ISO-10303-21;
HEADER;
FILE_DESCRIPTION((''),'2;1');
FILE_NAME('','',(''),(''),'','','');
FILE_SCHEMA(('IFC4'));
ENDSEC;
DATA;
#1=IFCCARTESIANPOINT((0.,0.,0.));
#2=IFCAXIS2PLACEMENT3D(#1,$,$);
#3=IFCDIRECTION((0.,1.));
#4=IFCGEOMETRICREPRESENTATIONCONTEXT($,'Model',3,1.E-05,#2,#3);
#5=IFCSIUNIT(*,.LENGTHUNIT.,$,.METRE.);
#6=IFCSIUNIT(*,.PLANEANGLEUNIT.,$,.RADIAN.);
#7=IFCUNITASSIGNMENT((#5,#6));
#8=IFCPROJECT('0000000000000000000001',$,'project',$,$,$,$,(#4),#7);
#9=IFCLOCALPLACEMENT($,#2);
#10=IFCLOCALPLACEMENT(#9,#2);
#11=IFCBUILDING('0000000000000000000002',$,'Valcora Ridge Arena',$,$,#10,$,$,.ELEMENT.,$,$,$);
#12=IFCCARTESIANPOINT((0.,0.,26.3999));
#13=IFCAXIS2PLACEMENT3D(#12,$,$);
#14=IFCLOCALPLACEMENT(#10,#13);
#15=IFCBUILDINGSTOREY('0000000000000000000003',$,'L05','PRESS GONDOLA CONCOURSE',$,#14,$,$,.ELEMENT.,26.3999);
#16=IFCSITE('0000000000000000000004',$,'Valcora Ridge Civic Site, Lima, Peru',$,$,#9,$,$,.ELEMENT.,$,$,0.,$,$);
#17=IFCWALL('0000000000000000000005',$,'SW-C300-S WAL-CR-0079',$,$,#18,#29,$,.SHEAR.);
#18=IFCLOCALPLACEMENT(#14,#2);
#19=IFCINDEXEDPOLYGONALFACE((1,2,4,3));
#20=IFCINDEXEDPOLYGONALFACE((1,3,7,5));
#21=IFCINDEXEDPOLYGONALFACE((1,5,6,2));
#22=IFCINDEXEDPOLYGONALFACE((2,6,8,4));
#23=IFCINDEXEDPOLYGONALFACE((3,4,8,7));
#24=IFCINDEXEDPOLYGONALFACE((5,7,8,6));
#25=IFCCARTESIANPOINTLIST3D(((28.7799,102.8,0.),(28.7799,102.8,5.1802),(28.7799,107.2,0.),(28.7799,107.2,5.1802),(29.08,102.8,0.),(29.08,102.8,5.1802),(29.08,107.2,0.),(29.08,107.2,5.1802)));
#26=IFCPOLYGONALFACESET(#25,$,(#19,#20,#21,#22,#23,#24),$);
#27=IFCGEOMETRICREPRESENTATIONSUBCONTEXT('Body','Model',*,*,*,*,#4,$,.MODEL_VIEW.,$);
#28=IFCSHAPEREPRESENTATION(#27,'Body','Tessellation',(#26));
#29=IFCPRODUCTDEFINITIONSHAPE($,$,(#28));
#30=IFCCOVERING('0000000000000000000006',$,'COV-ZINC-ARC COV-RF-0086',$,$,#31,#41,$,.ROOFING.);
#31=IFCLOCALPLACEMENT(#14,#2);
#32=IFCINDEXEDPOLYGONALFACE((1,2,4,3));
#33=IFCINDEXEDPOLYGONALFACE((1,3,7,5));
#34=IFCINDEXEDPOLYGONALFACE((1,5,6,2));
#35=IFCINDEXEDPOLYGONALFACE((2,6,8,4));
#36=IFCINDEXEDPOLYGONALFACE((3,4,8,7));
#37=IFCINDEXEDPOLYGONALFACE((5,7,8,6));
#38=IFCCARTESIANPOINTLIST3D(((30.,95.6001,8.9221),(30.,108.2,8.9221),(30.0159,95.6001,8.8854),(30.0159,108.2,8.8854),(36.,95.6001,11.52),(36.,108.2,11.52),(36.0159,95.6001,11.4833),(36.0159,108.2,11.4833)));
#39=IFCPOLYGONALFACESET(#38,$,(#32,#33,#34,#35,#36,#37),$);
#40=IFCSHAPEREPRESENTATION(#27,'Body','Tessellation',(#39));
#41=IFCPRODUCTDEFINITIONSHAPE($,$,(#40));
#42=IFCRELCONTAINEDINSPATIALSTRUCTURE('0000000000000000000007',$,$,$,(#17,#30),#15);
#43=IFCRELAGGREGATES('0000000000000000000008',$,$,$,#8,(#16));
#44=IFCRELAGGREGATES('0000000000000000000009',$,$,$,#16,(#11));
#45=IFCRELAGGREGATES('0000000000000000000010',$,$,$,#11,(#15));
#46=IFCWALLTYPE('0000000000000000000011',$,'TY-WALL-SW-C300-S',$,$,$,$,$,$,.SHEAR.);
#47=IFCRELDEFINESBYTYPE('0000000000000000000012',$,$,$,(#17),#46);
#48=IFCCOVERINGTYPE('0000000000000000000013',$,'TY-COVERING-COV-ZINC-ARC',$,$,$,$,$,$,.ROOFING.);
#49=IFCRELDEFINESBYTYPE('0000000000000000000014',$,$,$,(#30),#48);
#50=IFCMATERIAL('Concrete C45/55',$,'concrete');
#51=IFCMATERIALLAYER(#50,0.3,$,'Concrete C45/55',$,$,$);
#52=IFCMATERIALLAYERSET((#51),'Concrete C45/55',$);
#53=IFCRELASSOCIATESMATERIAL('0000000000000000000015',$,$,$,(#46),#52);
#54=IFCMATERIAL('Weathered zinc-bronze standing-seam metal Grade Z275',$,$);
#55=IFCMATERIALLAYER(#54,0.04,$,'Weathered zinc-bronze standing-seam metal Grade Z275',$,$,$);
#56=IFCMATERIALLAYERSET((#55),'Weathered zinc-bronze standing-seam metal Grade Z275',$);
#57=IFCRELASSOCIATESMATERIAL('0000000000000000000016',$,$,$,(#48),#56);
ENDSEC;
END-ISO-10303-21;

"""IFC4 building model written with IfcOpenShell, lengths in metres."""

from ifc_helpers import new_model, si_unit, direction, frame, frame_2d, origin, place, context, subcontext, project, spatial, polyline, rectangle, outline, extrude, material, layer, layer_set, type_object, element, save


model = new_model("IFC4")

# Units and contexts
model_context = context("Model", 3, precision=1e-05, world=origin(), true_north=direction((0.0, 1.0)))
body_context = subcontext(model_context, "Body", "Model", "MODEL_VIEW")
ifc_project = project(units=[si_unit("LENGTHUNIT", "METRE"), si_unit("PLANEANGLEUNIT", "RADIAN")], contexts=[model_context])

# Site, building, storey
site_placement = place(None, origin())
site = spatial("IfcSite", under=ifc_project, at=site_placement, Name="Valcora Ridge Civic Site, Lima, Peru", CompositionType="ELEMENT", RefElevation=0.0)
building_placement = place(site_placement, origin())
building = spatial("IfcBuilding", under=site, at=building_placement, Name="Valcora Ridge Arena", CompositionType="ELEMENT")
storey_placement = place(building_placement, frame((0.0, 0.0, 26.3999)))
storey = spatial("IfcBuildingStorey", under=building, at=storey_placement, Name="L05", Description="PRESS GONDOLA CONCOURSE", CompositionType="ELEMENT", Elevation=26.3999)

# Wall
ifc_material_1 = material(Name="Concrete C45/55", Category="concrete")
ifc_layer_1 = layer(ifc_material_1, 0.3, Name="Concrete C45/55")
ifc_layer_set_1 = layer_set([ifc_layer_1], Name="Concrete C45/55")
wall_type_1 = type_object("IfcWallType", Name="TY-WALL-SW-C300-S", PredefinedType="SHEAR", material=ifc_layer_set_1)
wall_1_placement = place(storey_placement, frame((28.9299, 102.8, 0.0), z_axis=(0.0, 0.0, 1.0), x_axis=(0.0, 1.0, 0.0)))
element("IfcWall", 1, at=wall_1_placement, inside=storey, type_object=wall_type_1, Name="SW-C300-S WAL-CR-0079", PredefinedType="SHEAR", context=body_context, shape_type="SweptSolid", body=[
    extrude(rectangle(XDim=4.3999, YDim=0.3, at=frame_2d((2.2, 0.0))), origin(), (0.0, 0.0, 1.0), 5.1802),
])

# Covering
ifc_material_2 = material(Name="Weathered zinc-bronze standing-seam metal Grade Z275")
ifc_layer_2 = layer(ifc_material_2, 0.04, Name="Weathered zinc-bronze standing-seam metal Grade Z275")
ifc_layer_set_2 = layer_set([ifc_layer_2], Name="Weathered zinc-bronze standing-seam metal Grade Z275")
covering_type = type_object("IfcCoveringType", Name="TY-COVERING-COV-ZINC-ARC", PredefinedType="ROOFING", material=ifc_layer_set_2)
covering_placement = place(storey_placement, frame((30.0, 95.6001, 8.9221), z_axis=(-0.397337, 0.0, 0.917673), x_axis=(0.917673, 0.0, 0.397337)))
element("IfcCovering", 2, at=covering_placement, inside=storey, type_object=covering_type, Name="COV-ZINC-ARC COV-RF-0086", PredefinedType="ROOFING", context=body_context, shape_type="SweptSolid", body=[
    extrude(outline(polyline([(0.0, 0.0), (6.5383, 0.0), (6.5383, 12.5999), (0.0, 12.5999), (0.0, 0.0)])), origin(), (0.0, 0.0, -1.0), 0.04),
])

save(model, "model.ifc")
